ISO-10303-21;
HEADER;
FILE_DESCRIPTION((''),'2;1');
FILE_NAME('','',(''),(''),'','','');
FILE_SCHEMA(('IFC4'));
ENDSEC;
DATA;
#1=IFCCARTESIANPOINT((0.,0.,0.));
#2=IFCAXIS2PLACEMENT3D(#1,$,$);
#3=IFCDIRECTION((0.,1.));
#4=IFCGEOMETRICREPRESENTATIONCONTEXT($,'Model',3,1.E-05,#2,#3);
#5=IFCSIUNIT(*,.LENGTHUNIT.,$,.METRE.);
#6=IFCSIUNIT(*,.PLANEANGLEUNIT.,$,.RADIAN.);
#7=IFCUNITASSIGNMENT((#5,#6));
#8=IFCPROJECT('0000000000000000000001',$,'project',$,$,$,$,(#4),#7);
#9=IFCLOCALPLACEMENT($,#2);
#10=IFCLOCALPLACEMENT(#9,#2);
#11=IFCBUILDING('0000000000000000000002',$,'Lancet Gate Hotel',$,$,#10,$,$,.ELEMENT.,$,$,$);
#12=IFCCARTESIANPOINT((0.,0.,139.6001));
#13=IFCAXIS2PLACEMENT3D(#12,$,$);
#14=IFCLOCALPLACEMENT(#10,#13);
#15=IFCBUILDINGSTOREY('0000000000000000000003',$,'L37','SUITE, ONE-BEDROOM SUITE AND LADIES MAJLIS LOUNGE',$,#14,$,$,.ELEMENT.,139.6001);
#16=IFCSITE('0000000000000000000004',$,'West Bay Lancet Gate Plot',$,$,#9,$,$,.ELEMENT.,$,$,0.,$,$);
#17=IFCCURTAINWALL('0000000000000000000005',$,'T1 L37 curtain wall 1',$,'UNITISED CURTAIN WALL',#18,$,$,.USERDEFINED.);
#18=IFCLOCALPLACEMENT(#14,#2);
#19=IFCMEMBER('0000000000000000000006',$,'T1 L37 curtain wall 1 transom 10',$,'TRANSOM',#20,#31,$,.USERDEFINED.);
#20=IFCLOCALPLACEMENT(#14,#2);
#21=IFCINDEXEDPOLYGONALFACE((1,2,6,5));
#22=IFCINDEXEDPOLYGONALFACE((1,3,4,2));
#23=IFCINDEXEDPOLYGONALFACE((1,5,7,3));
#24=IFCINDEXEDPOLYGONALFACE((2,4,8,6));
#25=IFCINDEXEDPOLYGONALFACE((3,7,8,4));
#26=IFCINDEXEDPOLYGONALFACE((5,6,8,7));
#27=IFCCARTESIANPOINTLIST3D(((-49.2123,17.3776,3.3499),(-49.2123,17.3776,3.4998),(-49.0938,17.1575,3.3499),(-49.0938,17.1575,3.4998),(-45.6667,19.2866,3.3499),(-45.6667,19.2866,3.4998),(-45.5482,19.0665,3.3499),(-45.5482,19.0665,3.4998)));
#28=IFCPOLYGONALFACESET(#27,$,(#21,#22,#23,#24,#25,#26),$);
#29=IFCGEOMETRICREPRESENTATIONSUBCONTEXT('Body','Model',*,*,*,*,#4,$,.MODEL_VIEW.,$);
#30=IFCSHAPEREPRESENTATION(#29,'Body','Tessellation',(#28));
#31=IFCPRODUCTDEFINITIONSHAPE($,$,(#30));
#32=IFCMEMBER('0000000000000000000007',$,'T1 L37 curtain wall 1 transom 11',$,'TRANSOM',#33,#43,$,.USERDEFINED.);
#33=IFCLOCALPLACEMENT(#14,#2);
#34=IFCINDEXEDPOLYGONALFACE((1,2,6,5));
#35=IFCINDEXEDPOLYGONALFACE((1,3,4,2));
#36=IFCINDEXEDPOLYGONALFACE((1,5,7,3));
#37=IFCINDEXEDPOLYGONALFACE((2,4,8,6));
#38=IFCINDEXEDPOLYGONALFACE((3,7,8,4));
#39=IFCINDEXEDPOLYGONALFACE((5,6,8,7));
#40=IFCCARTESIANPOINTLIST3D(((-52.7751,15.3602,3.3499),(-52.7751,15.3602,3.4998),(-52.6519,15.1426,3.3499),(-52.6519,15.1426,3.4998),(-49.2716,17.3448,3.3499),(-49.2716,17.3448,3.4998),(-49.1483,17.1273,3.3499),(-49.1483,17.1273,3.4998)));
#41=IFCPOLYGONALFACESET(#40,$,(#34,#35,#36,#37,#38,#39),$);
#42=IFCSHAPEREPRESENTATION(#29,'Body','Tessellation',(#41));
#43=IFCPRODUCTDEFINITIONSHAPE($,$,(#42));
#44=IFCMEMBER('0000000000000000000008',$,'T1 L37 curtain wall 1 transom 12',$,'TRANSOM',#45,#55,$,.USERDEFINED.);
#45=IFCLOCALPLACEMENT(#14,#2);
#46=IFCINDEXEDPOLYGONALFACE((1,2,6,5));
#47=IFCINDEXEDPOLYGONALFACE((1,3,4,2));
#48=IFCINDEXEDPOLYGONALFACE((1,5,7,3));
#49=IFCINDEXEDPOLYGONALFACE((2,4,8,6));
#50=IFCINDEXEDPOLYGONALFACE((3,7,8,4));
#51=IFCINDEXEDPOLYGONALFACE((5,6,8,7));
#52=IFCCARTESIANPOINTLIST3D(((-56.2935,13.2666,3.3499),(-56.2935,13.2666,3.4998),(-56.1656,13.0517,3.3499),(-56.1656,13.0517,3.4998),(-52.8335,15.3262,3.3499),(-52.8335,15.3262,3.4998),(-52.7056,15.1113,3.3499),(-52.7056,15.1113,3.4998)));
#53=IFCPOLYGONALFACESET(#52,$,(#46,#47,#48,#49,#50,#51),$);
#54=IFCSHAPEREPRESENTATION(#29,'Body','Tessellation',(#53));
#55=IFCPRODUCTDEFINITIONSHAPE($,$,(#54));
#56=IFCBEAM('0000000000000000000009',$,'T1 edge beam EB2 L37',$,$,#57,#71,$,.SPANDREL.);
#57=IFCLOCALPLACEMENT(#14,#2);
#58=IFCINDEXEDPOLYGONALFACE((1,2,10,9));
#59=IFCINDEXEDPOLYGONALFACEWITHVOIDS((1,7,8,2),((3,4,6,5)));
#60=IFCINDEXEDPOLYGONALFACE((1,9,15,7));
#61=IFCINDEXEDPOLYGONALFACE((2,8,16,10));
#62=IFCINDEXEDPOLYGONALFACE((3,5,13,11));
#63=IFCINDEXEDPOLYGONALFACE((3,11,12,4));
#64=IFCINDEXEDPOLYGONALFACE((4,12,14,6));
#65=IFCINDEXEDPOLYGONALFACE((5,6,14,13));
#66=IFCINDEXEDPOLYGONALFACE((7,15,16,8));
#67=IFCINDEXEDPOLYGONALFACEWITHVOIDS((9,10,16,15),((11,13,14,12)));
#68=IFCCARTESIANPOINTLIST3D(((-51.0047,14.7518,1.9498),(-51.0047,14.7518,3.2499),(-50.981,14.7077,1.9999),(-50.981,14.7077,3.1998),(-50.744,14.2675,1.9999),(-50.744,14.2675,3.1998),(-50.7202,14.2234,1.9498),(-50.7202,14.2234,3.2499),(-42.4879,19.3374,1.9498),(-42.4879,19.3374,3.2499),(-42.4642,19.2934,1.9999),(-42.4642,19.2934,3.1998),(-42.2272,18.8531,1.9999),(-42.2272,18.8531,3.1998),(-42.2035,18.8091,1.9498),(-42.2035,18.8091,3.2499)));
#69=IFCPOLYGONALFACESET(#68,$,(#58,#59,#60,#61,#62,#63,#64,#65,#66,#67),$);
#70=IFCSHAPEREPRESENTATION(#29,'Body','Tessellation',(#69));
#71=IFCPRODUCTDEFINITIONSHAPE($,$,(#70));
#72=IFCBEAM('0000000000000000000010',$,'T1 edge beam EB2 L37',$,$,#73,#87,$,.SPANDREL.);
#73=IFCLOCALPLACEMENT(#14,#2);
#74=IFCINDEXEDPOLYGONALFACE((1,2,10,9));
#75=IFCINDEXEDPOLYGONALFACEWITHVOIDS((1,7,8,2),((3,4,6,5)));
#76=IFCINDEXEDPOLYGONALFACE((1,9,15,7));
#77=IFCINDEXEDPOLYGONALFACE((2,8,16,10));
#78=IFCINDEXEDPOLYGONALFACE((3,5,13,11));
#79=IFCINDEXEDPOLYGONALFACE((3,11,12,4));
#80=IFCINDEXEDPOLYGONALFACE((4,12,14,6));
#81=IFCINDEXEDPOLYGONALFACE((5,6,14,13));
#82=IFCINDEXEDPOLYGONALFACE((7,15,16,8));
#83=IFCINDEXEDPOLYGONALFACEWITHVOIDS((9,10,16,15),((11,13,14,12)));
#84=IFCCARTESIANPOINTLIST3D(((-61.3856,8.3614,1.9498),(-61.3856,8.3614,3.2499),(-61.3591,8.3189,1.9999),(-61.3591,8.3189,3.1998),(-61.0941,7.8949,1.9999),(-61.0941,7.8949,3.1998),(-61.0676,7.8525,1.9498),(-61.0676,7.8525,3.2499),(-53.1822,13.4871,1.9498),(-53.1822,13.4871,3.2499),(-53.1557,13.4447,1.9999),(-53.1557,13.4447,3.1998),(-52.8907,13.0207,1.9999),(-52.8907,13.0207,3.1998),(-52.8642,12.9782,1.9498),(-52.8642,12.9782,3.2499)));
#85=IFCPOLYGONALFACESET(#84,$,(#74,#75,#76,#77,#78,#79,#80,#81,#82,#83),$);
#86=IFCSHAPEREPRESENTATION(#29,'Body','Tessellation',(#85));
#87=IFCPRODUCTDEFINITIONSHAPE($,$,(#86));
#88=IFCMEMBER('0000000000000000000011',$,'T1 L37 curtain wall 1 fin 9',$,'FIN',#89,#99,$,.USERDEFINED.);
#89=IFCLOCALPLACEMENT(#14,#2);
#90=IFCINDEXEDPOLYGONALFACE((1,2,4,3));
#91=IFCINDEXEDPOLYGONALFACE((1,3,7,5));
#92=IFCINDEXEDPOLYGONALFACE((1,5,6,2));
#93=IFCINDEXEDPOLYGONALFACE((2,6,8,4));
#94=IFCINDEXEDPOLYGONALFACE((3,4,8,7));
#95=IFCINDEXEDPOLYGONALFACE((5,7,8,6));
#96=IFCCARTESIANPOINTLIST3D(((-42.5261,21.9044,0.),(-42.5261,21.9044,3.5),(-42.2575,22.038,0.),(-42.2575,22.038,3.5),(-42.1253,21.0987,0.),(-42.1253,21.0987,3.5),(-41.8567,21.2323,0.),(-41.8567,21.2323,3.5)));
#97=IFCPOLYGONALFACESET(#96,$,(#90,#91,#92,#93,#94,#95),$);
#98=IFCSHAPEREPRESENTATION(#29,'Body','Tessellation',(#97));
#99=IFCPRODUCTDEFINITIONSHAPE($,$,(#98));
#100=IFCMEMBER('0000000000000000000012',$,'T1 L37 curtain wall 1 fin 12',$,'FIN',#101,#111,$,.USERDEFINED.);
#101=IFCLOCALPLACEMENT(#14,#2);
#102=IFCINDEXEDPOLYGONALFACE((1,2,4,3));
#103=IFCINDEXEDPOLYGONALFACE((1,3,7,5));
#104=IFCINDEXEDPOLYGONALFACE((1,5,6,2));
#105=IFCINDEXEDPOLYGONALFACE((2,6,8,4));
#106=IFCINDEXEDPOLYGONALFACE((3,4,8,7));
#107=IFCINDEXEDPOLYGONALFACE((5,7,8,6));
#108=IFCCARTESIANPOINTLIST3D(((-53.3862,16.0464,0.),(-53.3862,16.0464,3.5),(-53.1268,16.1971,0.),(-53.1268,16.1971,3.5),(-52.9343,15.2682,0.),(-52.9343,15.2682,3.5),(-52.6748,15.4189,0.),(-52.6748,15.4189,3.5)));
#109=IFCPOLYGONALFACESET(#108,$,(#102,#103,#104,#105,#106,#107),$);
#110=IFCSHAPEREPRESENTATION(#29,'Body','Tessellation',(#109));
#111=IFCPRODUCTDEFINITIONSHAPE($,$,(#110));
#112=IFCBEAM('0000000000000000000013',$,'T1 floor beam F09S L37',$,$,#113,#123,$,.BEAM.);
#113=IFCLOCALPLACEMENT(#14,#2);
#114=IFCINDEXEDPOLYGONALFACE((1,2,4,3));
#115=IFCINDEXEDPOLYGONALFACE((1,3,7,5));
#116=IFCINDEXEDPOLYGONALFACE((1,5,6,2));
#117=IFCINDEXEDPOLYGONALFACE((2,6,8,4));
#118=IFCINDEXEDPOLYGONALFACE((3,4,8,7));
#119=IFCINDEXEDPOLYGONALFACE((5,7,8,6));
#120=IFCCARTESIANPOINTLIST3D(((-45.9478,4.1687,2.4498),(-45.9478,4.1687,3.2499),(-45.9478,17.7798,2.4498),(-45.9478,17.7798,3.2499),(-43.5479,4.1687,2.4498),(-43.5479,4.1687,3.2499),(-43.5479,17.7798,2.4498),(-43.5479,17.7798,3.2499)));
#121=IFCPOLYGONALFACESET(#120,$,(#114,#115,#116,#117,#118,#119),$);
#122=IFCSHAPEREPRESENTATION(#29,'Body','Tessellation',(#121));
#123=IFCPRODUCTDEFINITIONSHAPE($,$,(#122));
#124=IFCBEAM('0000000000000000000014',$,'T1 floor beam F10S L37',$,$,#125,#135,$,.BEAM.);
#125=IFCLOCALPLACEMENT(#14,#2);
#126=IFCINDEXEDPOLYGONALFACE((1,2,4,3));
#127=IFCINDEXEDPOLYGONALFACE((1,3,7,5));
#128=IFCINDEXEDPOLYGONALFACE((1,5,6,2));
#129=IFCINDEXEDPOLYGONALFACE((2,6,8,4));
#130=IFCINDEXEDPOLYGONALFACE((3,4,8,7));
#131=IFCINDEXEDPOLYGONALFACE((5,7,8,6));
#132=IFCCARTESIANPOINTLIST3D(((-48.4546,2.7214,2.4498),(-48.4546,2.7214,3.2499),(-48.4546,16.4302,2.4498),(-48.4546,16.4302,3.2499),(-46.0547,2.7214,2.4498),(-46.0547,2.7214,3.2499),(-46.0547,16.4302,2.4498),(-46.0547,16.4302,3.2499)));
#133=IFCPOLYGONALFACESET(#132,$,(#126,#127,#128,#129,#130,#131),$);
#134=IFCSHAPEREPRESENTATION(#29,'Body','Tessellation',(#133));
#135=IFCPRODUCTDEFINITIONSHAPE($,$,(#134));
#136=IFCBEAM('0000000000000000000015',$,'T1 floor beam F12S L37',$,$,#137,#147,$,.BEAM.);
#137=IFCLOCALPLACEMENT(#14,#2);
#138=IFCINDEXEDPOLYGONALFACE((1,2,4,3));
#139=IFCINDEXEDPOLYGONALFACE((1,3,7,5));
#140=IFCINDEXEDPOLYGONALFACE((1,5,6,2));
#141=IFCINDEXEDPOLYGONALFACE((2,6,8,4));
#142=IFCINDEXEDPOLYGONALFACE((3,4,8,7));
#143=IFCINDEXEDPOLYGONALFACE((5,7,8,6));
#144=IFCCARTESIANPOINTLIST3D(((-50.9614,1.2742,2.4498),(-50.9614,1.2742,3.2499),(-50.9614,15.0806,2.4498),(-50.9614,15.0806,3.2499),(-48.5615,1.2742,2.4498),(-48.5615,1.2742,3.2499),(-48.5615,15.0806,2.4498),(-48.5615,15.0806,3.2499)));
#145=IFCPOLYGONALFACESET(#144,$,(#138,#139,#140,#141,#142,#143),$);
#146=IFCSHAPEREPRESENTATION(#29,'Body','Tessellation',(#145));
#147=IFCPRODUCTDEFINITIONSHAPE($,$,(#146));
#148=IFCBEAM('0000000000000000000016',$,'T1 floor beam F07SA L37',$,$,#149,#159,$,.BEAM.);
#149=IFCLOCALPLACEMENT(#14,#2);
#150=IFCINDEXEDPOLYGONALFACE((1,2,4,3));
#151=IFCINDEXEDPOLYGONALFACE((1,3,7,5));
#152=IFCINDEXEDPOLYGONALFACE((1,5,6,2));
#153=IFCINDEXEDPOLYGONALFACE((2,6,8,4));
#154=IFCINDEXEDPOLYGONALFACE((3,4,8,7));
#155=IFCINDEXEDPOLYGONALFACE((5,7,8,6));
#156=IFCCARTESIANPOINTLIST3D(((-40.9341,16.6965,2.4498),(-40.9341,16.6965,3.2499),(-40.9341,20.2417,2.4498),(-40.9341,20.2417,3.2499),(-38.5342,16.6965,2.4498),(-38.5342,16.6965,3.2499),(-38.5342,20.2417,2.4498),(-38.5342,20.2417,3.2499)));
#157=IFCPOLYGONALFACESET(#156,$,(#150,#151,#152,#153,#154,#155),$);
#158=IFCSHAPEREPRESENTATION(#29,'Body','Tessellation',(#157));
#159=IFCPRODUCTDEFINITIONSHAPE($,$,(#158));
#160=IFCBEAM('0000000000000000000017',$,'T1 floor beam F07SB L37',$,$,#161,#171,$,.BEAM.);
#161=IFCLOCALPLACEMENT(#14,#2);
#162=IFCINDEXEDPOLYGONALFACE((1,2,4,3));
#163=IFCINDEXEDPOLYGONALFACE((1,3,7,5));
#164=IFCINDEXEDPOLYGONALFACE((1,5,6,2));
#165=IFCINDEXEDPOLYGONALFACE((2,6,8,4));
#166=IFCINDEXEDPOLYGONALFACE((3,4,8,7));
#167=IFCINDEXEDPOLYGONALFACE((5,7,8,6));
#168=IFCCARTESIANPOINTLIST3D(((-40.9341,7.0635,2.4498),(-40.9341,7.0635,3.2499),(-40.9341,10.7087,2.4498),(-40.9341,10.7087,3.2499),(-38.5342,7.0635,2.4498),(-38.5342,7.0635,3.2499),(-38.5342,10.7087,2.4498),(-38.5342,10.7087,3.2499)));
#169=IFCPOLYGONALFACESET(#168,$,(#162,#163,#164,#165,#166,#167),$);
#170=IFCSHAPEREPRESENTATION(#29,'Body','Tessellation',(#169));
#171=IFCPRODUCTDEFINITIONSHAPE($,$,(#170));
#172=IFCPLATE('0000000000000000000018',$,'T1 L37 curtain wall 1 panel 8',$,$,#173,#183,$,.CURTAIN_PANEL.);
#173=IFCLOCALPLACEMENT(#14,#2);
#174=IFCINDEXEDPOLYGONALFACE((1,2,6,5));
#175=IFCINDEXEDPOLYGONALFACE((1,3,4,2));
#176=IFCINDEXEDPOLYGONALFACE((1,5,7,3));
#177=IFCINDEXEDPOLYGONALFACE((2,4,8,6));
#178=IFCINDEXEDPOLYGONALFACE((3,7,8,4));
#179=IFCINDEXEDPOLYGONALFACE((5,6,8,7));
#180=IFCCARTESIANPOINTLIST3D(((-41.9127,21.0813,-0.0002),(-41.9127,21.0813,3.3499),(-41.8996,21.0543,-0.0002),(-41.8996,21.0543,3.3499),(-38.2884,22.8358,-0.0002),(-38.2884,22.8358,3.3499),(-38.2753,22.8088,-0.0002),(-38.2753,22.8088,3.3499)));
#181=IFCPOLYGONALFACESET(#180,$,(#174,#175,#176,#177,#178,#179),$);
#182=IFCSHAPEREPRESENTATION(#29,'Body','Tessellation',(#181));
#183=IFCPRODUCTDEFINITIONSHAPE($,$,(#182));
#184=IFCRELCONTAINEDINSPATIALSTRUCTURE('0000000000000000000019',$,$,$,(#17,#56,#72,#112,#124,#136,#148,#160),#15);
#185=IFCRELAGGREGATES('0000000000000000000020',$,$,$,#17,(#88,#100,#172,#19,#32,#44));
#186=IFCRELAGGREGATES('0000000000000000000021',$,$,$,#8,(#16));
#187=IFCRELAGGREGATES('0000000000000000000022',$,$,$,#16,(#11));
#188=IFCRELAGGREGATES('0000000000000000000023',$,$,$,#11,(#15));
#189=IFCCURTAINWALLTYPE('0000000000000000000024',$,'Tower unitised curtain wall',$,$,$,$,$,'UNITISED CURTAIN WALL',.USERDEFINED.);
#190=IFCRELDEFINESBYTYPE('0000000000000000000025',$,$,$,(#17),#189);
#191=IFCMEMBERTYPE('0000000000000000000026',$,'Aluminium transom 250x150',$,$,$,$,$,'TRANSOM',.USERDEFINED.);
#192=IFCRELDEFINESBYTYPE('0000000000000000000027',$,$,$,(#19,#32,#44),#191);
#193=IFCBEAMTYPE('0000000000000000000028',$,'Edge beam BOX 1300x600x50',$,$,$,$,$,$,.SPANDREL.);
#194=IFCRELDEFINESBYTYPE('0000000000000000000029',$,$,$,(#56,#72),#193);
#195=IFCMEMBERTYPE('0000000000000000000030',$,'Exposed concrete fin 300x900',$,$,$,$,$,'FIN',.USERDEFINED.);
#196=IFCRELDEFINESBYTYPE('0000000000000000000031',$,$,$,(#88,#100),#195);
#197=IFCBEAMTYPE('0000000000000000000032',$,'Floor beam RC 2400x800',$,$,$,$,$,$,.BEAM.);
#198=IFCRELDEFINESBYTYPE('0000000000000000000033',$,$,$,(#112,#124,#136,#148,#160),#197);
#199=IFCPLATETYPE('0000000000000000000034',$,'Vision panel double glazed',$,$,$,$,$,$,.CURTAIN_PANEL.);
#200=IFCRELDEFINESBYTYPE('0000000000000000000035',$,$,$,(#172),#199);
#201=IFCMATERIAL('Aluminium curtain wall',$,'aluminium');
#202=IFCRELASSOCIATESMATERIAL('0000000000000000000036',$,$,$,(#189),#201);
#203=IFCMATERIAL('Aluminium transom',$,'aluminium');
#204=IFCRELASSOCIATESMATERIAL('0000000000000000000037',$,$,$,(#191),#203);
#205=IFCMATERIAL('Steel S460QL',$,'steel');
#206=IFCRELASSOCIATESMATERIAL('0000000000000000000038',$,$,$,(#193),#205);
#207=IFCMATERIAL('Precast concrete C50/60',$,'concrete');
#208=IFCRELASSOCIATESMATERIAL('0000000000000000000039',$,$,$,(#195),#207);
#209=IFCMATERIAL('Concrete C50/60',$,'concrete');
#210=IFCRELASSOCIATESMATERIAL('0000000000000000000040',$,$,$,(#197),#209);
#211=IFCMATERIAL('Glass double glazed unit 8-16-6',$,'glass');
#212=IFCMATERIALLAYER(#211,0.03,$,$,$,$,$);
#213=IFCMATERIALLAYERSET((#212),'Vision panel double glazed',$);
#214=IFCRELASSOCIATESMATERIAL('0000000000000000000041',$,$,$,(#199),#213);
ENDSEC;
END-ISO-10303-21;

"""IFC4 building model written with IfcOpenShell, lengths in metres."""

from ifc_helpers import new_model, si_unit, direction, frame, origin, origin_2d, place, context, subcontext, project, spatial, rectangle, hollow_rectangle, extrude, material, layer, layer_set, material_profile, profile_set, type_object, element, aggregate, save


model = new_model("IFC4")

# Units and contexts
model_context = context("Model", 3, precision=1e-05, world=origin(), true_north=direction((0.0, 1.0)))
body_context = subcontext(model_context, "Body", "Model", "MODEL_VIEW")
ifc_project = project(units=[si_unit("LENGTHUNIT", "METRE"), si_unit("PLANEANGLEUNIT", "RADIAN")], contexts=[model_context])

# Site, building, storey
site_placement = place(None, origin())
site = spatial("IfcSite", under=ifc_project, at=site_placement, Name="West Bay Lancet Gate Plot", CompositionType="ELEMENT", RefElevation=0.0)
building_placement = place(site_placement, origin())
building = spatial("IfcBuilding", under=site, at=building_placement, Name="Lancet Gate Hotel", CompositionType="ELEMENT")
storey_placement = place(building_placement, frame((0.0, 0.0, 139.6001)))
storey = spatial("IfcBuildingStorey", under=building, at=storey_placement, Name="L37", Description="SUITE, ONE-BEDROOM SUITE AND LADIES MAJLIS LOUNGE", CompositionType="ELEMENT", Elevation=139.6001)

# Curtain wall, members
ifc_material_1 = material(Name="Aluminium curtain wall", Category="aluminium")
curtain_wall_type = type_object("IfcCurtainWallType", Name="Tower unitised curtain wall", ElementType="UNITISED CURTAIN WALL", PredefinedType="USERDEFINED", material=ifc_material_1)
curtain_wall_placement = place(storey_placement, origin())
curtain_wall = element("IfcCurtainWall", 1, at=curtain_wall_placement, inside=storey, type_object=curtain_wall_type, Name="T1 L37 curtain wall 1", ObjectType="UNITISED CURTAIN WALL", PredefinedType="USERDEFINED")
ifc_material_2 = material(Name="Aluminium transom", Category="aluminium")
ifc_material_profile_1 = material_profile(ifc_material_2, rectangle(XDim=0.25, YDim=0.1499, at=origin_2d()), Name="TRANSOM 250x150")
ifc_profile_set_1 = profile_set([ifc_material_profile_1], Name="Aluminium transom")
member_type_1 = type_object("IfcMemberType", Name="Aluminium transom 250x150", ElementType="TRANSOM", PredefinedType="USERDEFINED", material=ifc_profile_set_1)
member_1_placement = place(storey_placement, frame((-45.6074, 19.1765, 3.4248), z_axis=(-0.880498, -0.474049, 0.0), x_axis=(0.474049, -0.880498, 0.0)))
member_1 = element("IfcMember", 2, at=member_1_placement, type_object=member_type_1, Name="T1 L37 curtain wall 1 transom 10", ObjectType="TRANSOM", PredefinedType="USERDEFINED", context=body_context, shape_type="SweptSolid", body=[
    extrude(rectangle(XDim=0.25, YDim=0.1499, at=origin_2d()), origin(), (0.0, 0.0, 1.0), 4.0269),
])
member_2_placement = place(storey_placement, frame((-49.21, 17.2361, 3.4248), z_axis=(-0.870092, -0.49289, 0.0), x_axis=(0.49289, -0.870092, 0.0)))
member_2 = element("IfcMember", 3, at=member_2_placement, type_object=member_type_1, Name="T1 L37 curtain wall 1 transom 11", ObjectType="TRANSOM", PredefinedType="USERDEFINED", context=body_context, shape_type="SweptSolid", body=[
    extrude(rectangle(XDim=0.25, YDim=0.1499, at=origin_2d()), origin(), (0.0, 0.0, 1.0), 4.0266),
])
member_3_placement = place(storey_placement, frame((-52.7695, 15.2188, 3.4248), z_axis=(-0.859285, -0.511497, 0.0), x_axis=(0.511497, -0.859285, 0.0)))
member_3 = element("IfcMember", 4, at=member_3_placement, type_object=member_type_1, Name="T1 L37 curtain wall 1 transom 12", ObjectType="TRANSOM", PredefinedType="USERDEFINED", context=body_context, shape_type="SweptSolid", body=[
    extrude(rectangle(XDim=0.25, YDim=0.1499, at=origin_2d()), origin(), (0.0, 0.0, 1.0), 4.0266),
])

# Beams
ifc_material_3 = material(Name="Steel S460QL", Category="steel")
ifc_material_profile_2 = material_profile(ifc_material_3, hollow_rectangle(XDim=0.6001, YDim=1.3, WallThickness=0.05, at=origin_2d()), Name="BOX 1300x600x50")
ifc_profile_set_2 = profile_set([ifc_material_profile_2], Name="Steel S460QL")
beam_type_1 = type_object("IfcBeamType", Name="Edge beam BOX 1300x600x50", PredefinedType="SPANDREL", material=ifc_profile_set_2)
beam_1_placement = place(storey_placement, frame((-42.3457, 19.0732, 2.5999), z_axis=(-0.880484, -0.474076, 0.0), x_axis=(0.474076, -0.880484, 0.0)))
element("IfcBeam", 5, at=beam_1_placement, inside=storey, type_object=beam_type_1, Name="T1 edge beam EB2 L37", PredefinedType="SPANDREL", context=body_context, shape_type="SweptSolid", body=[
    extrude(hollow_rectangle(XDim=0.6001, YDim=1.3, WallThickness=0.05, at=origin_2d()), origin(), (0.0, 0.0, 1.0), 9.6729),
])
beam_2_placement = place(storey_placement, frame((-53.0232, 13.2327, 2.5999), z_axis=(-0.848062, -0.529897, 0.0), x_axis=(0.529897, -0.848062, 0.0)))
element("IfcBeam", 6, at=beam_2_placement, inside=storey, type_object=beam_type_1, Name="T1 edge beam EB2 L37", PredefinedType="SPANDREL", context=body_context, shape_type="SweptSolid", body=[
    extrude(hollow_rectangle(XDim=0.6001, YDim=1.3, WallThickness=0.05, at=origin_2d()), origin(), (0.0, 0.0, 1.0), 9.6731),
])

# Members
ifc_material_4 = material(Name="Precast concrete C50/60", Category="concrete")
ifc_material_profile_3 = material_profile(ifc_material_4, rectangle(XDim=0.3, YDim=0.8999, at=origin_2d()), Name="FIN 300x900")
ifc_profile_set_3 = profile_set([ifc_material_profile_3], Name="Precast concrete C50/60")
member_type_2 = type_object("IfcMemberType", Name="Exposed concrete fin 300x900", ElementType="FIN", PredefinedType="USERDEFINED", material=ifc_profile_set_3)
member_4_placement = place(storey_placement, frame((-42.1914, 21.5684, 0.0), z_axis=(0.0, 0.0, 1.0), x_axis=(-0.895339, -0.445384, 0.0)))
member_4 = element("IfcMember", 7, at=member_4_placement, type_object=member_type_2, Name="T1 L37 curtain wall 1 fin 9", ObjectType="FIN", PredefinedType="USERDEFINED", context=body_context, shape_type="SweptSolid", body=[
    extrude(rectangle(XDim=0.3, YDim=0.8999, at=origin_2d()), origin(), (0.0, 0.0, 1.0), 3.5),
])
member_5_placement = place(storey_placement, frame((-53.0305, 15.7327, 0.0), z_axis=(0.0, 0.0, 1.0), x_axis=(-0.864728, -0.502241, 0.0)))
member_5 = element("IfcMember", 8, at=member_5_placement, type_object=member_type_2, Name="T1 L37 curtain wall 1 fin 12", ObjectType="FIN", PredefinedType="USERDEFINED", context=body_context, shape_type="SweptSolid", body=[
    extrude(rectangle(XDim=0.3, YDim=0.8999, at=origin_2d()), origin(), (0.0, 0.0, 1.0), 3.5),
])

# Beams
ifc_material_5 = material(Name="Concrete C50/60", Category="concrete")
ifc_material_profile_4 = material_profile(ifc_material_5, rectangle(XDim=2.3999, YDim=0.8, at=origin_2d()), Name="RC 2400x800")
ifc_profile_set_4 = profile_set([ifc_material_profile_4], Name="Concrete C50/60")
beam_type_2 = type_object("IfcBeamType", Name="Floor beam RC 2400x800", PredefinedType="BEAM", material=ifc_profile_set_4)
beam_3_placement = place(storey_placement, frame((-44.7478, 17.7798, 2.8499), z_axis=(0.0, -1.0, 0.0), x_axis=(1.0, 0.0, 0.0)))
element("IfcBeam", 9, at=beam_3_placement, inside=storey, type_object=beam_type_2, Name="T1 floor beam F09S L37", PredefinedType="BEAM", context=body_context, shape_type="SweptSolid", body=[
    extrude(rectangle(XDim=2.3999, YDim=0.8, at=origin_2d()), origin(), (0.0, 0.0, 1.0), 13.6111),
])
beam_4_placement = place(storey_placement, frame((-47.2546, 16.4302, 2.8499), z_axis=(0.0, -1.0, 0.0), x_axis=(1.0, 0.0, 0.0)))
element("IfcBeam", 10, at=beam_4_placement, inside=storey, type_object=beam_type_2, Name="T1 floor beam F10S L37", PredefinedType="BEAM", context=body_context, shape_type="SweptSolid", body=[
    extrude(rectangle(XDim=2.3999, YDim=0.8, at=origin_2d()), origin(), (0.0, 0.0, 1.0), 13.7087),
])
beam_5_placement = place(storey_placement, frame((-49.7615, 15.0806, 2.8499), z_axis=(0.0, -1.0, 0.0), x_axis=(1.0, 0.0, 0.0)))
element("IfcBeam", 11, at=beam_5_placement, inside=storey, type_object=beam_type_2, Name="T1 floor beam F12S L37", PredefinedType="BEAM", context=body_context, shape_type="SweptSolid", body=[
    extrude(rectangle(XDim=2.3999, YDim=0.8, at=origin_2d()), origin(), (0.0, 0.0, 1.0), 13.8064),
])
beam_6_placement = place(storey_placement, frame((-39.7341, 20.2417, 2.8499), z_axis=(0.0, -1.0, 0.0), x_axis=(1.0, 0.0, 0.0)))
element("IfcBeam", 12, at=beam_6_placement, inside=storey, type_object=beam_type_2, Name="T1 floor beam F07SA L37", PredefinedType="BEAM", context=body_context, shape_type="SweptSolid", body=[
    extrude(rectangle(XDim=2.3999, YDim=0.8, at=origin_2d()), origin(), (0.0, 0.0, 1.0), 3.5452),
])
beam_7_placement = place(storey_placement, frame((-39.7341, 10.7087, 2.8499), z_axis=(0.0, -1.0, 0.0), x_axis=(1.0, 0.0, 0.0)))
element("IfcBeam", 13, at=beam_7_placement, inside=storey, type_object=beam_type_2, Name="T1 floor beam F07SB L37", PredefinedType="BEAM", context=body_context, shape_type="SweptSolid", body=[
    extrude(rectangle(XDim=2.3999, YDim=0.8, at=origin_2d()), origin(), (0.0, 0.0, 1.0), 3.6453),
])

# Plate
ifc_material_6 = material(Name="Glass double glazed unit 8-16-6", Category="glass")
ifc_layer_1 = layer(ifc_material_6, 0.03)
ifc_layer_set_1 = layer_set([ifc_layer_1], Name="Vision panel double glazed")
plate_type = type_object("IfcPlateType", Name="Vision panel double glazed", PredefinedType="CURTAIN_PANEL", material=ifc_layer_set_1)
plate_1_placement = place(storey_placement, frame((-40.094, 21.9451, -0.0002), z_axis=(0.0, 0.0, 1.0), x_axis=(-0.900082, -0.435721, 0.0)))
plate_1 = element("IfcPlate", 14, at=plate_1_placement, type_object=plate_type, Name="T1 L37 curtain wall 1 panel 8", PredefinedType="CURTAIN_PANEL", context=body_context, shape_type="SweptSolid", body=[
    extrude(rectangle(XDim=4.0266, YDim=0.03, at=origin_2d()), origin(), (0.0, 0.0, 1.0), 3.3501),
])
aggregate(curtain_wall, [member_4, member_5, plate_1, member_1, member_2, member_3])

save(model, "model.ifc")
